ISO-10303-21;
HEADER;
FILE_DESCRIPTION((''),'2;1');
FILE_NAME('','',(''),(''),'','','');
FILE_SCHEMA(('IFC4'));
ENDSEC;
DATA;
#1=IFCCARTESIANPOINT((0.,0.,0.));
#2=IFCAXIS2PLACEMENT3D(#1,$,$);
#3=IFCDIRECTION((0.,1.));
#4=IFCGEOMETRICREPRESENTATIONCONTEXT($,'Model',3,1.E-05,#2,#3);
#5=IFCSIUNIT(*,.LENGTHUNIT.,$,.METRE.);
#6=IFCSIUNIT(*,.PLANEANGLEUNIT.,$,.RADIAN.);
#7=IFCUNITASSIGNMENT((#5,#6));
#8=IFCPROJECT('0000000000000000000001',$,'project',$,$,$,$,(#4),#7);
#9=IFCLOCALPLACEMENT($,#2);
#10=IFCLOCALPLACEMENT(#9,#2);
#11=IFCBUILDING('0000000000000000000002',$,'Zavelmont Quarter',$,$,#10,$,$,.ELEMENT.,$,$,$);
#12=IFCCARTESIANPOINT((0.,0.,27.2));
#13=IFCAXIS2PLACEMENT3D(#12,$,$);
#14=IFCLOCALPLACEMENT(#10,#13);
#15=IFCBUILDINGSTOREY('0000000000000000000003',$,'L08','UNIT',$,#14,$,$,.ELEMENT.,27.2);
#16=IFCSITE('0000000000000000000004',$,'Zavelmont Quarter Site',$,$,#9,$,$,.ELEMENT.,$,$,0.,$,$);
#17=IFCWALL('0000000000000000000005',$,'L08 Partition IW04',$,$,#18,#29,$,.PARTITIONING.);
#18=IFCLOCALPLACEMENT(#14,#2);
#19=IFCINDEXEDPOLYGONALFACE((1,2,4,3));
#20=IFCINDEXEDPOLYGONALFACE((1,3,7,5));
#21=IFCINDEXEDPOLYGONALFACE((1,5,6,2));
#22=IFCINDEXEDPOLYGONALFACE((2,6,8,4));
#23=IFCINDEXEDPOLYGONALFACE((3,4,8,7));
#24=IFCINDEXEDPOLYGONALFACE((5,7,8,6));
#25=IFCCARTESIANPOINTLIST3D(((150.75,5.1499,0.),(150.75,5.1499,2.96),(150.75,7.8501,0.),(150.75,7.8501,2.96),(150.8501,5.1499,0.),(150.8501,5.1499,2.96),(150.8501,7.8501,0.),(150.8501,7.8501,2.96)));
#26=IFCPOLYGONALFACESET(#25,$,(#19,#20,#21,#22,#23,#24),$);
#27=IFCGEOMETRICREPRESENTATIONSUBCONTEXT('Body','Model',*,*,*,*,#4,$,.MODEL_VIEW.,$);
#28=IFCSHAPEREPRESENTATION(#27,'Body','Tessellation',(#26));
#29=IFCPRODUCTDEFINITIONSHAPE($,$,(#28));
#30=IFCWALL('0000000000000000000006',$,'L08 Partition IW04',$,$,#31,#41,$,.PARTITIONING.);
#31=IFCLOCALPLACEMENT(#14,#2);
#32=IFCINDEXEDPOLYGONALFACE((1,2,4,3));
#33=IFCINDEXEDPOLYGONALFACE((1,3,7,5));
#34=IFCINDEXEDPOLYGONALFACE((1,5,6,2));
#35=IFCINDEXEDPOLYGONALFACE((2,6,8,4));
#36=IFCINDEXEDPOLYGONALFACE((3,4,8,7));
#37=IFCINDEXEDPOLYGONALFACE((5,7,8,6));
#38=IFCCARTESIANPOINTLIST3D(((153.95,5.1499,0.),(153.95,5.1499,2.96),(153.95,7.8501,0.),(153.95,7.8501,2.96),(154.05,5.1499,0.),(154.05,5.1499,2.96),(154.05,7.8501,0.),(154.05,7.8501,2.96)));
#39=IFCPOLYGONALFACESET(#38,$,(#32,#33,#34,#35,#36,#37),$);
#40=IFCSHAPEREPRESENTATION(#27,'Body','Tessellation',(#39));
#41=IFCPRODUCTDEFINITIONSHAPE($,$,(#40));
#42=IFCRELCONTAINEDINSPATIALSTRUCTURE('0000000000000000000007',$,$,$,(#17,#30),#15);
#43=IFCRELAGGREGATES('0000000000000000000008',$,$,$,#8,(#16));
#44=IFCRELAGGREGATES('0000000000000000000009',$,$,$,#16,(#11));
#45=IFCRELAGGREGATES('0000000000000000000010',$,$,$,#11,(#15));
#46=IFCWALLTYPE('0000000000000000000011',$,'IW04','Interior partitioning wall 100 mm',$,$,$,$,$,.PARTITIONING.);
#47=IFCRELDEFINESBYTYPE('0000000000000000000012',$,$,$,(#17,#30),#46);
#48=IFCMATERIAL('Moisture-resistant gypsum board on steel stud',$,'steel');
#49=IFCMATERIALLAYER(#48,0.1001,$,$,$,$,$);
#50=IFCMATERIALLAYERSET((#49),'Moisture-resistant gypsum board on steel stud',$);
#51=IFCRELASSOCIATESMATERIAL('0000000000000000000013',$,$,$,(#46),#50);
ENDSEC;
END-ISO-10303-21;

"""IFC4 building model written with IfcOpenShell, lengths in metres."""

from ifc_helpers import new_model, si_unit, direction, frame, frame_2d, origin, place, context, subcontext, project, spatial, rectangle, extrude, material, layer, layer_set, type_object, element, save


model = new_model("IFC4")

# Units and contexts
model_context = context("Model", 3, precision=1e-05, world=origin(), true_north=direction((0.0, 1.0)))
body_context = subcontext(model_context, "Body", "Model", "MODEL_VIEW")
ifc_project = project(units=[si_unit("LENGTHUNIT", "METRE"), si_unit("PLANEANGLEUNIT", "RADIAN")], contexts=[model_context])

# Site, building, storey
site_placement = place(None, origin())
site = spatial("IfcSite", under=ifc_project, at=site_placement, Name="Zavelmont Quarter Site", CompositionType="ELEMENT", RefElevation=0.0)
building_placement = place(site_placement, origin())
building = spatial("IfcBuilding", under=site, at=building_placement, Name="Zavelmont Quarter", CompositionType="ELEMENT")
storey_placement = place(building_placement, frame((0.0, 0.0, 27.2)))
storey = spatial("IfcBuildingStorey", under=building, at=storey_placement, Name="L08", Description="UNIT", CompositionType="ELEMENT", Elevation=27.2)

# Walls
ifc_material_1 = material(Name="Moisture-resistant gypsum board on steel stud", Category="steel")
ifc_layer_1 = layer(ifc_material_1, 0.1001)
ifc_layer_set_1 = layer_set([ifc_layer_1], Name="Moisture-resistant gypsum board on steel stud")
wall_type_1 = type_object("IfcWallType", Name="IW04", Description="Interior partitioning wall 100 mm", PredefinedType="PARTITIONING", material=ifc_layer_set_1)
for number, where, z_axis, x_axis, name in (
    (1, (150.8, 7.8501, 0.0), (0.0, 0.0, 1.0), (0.0, -1.0, 0.0), "L08 Partition IW04"),
    (2, (154.0, 7.8501, 0.0), (0.0, 0.0, 1.0), (0.0, -1.0, 0.0), "L08 Partition IW04"),
):
    element("IfcWall", number, at=place(storey_placement, frame(where, z_axis=z_axis, x_axis=x_axis)), inside=storey, type_object=wall_type_1, Name=name, PredefinedType="PARTITIONING", context=body_context, shape_type="SweptSolid", body=[
        extrude(rectangle(XDim=2.7002, YDim=0.1001, at=frame_2d((1.3501, 0.0))), origin(), (0.0, 0.0, 1.0), 2.96),
    ])

save(model, "model.ifc")
